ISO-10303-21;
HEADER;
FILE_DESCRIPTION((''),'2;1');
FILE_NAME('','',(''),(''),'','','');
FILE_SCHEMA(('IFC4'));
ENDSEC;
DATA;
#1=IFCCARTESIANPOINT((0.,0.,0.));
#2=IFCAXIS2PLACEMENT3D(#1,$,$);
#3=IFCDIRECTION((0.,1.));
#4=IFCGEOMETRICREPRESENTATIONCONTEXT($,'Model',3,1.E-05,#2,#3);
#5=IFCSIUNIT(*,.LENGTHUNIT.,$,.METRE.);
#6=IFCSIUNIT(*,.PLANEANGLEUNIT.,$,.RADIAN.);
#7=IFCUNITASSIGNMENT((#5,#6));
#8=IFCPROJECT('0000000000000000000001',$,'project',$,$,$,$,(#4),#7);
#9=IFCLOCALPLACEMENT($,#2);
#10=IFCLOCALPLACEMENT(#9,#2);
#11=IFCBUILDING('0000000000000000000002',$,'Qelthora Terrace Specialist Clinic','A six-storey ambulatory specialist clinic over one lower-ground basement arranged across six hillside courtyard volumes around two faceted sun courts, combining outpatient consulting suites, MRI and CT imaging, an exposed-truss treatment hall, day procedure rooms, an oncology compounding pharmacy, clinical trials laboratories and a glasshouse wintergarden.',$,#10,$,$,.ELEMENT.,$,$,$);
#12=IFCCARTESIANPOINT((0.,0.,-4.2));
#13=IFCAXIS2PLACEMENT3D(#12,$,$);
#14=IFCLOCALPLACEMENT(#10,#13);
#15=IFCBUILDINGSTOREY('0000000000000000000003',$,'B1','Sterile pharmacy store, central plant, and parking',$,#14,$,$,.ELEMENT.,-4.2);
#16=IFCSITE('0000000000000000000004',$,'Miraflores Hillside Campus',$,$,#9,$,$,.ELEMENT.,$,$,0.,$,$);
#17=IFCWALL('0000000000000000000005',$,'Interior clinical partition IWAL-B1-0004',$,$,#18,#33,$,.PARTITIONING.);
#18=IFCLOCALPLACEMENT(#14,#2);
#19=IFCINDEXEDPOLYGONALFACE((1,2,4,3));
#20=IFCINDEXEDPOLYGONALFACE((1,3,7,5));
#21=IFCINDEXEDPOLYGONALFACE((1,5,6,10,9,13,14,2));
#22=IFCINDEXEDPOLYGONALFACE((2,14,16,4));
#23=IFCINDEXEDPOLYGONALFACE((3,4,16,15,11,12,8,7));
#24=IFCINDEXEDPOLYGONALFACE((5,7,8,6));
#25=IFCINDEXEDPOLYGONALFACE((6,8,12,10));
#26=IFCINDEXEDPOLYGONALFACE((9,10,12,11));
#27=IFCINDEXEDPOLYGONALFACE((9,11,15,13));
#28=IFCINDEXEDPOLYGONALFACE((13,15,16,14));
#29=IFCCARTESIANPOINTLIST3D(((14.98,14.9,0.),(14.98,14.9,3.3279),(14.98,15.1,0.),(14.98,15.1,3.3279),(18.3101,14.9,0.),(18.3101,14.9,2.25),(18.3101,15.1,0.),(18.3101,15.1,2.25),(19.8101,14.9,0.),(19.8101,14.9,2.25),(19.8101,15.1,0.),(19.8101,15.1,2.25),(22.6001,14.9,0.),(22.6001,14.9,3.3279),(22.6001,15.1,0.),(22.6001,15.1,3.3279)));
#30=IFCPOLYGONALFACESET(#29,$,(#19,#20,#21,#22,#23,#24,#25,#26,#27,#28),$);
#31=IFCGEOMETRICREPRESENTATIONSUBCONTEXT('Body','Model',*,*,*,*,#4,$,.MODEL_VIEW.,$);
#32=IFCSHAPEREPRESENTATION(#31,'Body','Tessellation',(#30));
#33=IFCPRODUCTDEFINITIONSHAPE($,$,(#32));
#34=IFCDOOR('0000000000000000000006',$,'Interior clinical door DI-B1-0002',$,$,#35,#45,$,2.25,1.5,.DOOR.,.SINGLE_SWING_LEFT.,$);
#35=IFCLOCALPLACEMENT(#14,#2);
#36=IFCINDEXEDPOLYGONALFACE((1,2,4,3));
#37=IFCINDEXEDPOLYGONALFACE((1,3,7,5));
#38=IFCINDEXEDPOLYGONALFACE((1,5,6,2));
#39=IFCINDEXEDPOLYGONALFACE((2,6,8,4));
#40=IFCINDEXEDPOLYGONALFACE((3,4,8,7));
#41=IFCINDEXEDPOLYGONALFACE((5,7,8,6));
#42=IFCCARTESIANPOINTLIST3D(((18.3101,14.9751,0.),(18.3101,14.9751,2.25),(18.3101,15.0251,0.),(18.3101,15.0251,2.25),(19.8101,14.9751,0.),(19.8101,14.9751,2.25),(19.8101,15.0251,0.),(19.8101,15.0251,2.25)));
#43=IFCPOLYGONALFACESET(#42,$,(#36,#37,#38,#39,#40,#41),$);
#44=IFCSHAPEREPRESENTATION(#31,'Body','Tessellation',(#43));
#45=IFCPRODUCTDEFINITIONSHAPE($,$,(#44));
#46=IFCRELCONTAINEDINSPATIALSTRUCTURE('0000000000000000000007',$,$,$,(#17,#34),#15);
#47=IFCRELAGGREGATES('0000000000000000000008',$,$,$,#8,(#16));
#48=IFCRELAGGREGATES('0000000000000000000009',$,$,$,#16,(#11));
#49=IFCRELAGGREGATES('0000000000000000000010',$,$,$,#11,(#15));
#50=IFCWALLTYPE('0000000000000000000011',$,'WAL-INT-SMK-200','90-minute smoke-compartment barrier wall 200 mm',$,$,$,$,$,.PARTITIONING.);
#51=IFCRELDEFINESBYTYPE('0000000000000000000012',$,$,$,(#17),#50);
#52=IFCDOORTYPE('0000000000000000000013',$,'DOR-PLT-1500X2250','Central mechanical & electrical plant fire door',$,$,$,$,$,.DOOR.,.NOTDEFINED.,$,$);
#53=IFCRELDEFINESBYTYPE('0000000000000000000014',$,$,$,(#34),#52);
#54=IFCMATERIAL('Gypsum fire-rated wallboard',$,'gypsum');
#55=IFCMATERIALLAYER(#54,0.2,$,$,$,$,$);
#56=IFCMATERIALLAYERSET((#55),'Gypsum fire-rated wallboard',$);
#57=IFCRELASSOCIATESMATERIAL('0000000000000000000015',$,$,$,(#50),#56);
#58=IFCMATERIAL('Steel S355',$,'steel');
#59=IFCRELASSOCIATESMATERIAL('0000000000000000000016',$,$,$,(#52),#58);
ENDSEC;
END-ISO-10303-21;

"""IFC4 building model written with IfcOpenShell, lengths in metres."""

from ifc_helpers import new_model, si_unit, direction, frame, frame_2d, origin, place, context, subcontext, project, spatial, rectangle, extrude, material, layer, layer_set, type_object, element, fill, save


model = new_model("IFC4")

# Units and contexts
model_context = context("Model", 3, precision=1e-05, world=origin(), true_north=direction((0.0, 1.0)))
body_context = subcontext(model_context, "Body", "Model", "MODEL_VIEW")
ifc_project = project(units=[si_unit("LENGTHUNIT", "METRE"), si_unit("PLANEANGLEUNIT", "RADIAN")], contexts=[model_context])

# Site, building, storey
site_placement = place(None, origin())
site = spatial("IfcSite", under=ifc_project, at=site_placement, Name="Miraflores Hillside Campus", CompositionType="ELEMENT", RefElevation=0.0)
building_placement = place(site_placement, origin())
building = spatial("IfcBuilding", under=site, at=building_placement, Name="Qelthora Terrace Specialist Clinic", Description="A six-storey ambulatory specialist clinic over one lower-ground basement arranged across six hillside courtyard volumes around two faceted sun courts, combining outpatient consulting suites, MRI and CT imaging, an exposed-truss treatment hall, day procedure rooms, an oncology compounding pharmacy, clinical trials laboratories and a glasshouse wintergarden.", CompositionType="ELEMENT")
storey_placement = place(building_placement, frame((0.0, 0.0, -4.2)))
storey = spatial("IfcBuildingStorey", under=building, at=storey_placement, Name="B1", Description="Sterile pharmacy store, central plant, and parking", CompositionType="ELEMENT", Elevation=-4.2)

# Shared definitions
ifc_material_1 = material(Name="Steel S355", Category="steel")

# Shared definitions
ifc_material_2 = material(Name="Gypsum fire-rated wallboard", Category="gypsum")

# Wall, opening, door
ifc_layer_1 = layer(ifc_material_2, 0.2)
ifc_layer_set_1 = layer_set([ifc_layer_1], Name="Gypsum fire-rated wallboard")
wall_type_1 = type_object("IfcWallType", Name="WAL-INT-SMK-200", Description="90-minute smoke-compartment barrier wall 200 mm", PredefinedType="PARTITIONING", material=ifc_layer_set_1)
wall_1_placement = place(storey_placement, frame((14.98, 15.0, 0.0), z_axis=(0.0, 0.0, 1.0), x_axis=(1.0, 0.0, 0.0)))
wall_1 = element("IfcWall", 1, at=wall_1_placement, inside=storey, type_object=wall_type_1, Name="Interior clinical partition IWAL-B1-0004", PredefinedType="PARTITIONING", context=body_context, shape_type="SweptSolid", body=[
    extrude(rectangle(XDim=7.6201, YDim=0.2, at=frame_2d((3.8101, 0.0))), origin(), (0.0, 0.0, 1.0), 3.3279),
])
opening_placement = place(wall_1_placement, frame((3.3301, 0.0, 0.0)))
opening = element("IfcOpeningElement", 2, at=opening_placement, cuts=wall_1, PredefinedType="OPENING", context=body_context, shape_type="SweptSolid", body=[
    extrude(rectangle(XDim=1.5, YDim=2.25, at=frame_2d((0.75, 1.125))), frame((0.0, 0.1099, 0.0), z_axis=(0.0, -1.0, 0.0), x_axis=(1.0, 0.0, 0.0)), (0.0, 0.0, 1.0), 0.22),
])
door_type = type_object("IfcDoorType", Name="DOR-PLT-1500X2250", Description="Central mechanical & electrical plant fire door", OperationType="NOTDEFINED", PredefinedType="DOOR", material=ifc_material_1)
door_placement = place(opening_placement, frame((1.5, 0.0, 0.0), z_axis=(0.0, 0.0, 1.0), x_axis=(-1.0, 0.0, 0.0)))
door = element("IfcDoor", 3, at=door_placement, inside=storey, type_object=door_type, Name="Interior clinical door DI-B1-0002", OperationType="SINGLE_SWING_LEFT", OverallHeight=2.25, OverallWidth=1.5, PredefinedType="DOOR", context=body_context, shape_type="SweptSolid", body=[
    extrude(rectangle(XDim=1.5, YDim=2.25, at=frame_2d((0.75, 1.125))), frame((0.0, 0.0249, 0.0), z_axis=(0.0, -1.0, 0.0), x_axis=(1.0, 0.0, 0.0)), (0.0, 0.0, 1.0), 0.05),
])
fill(opening, door)

save(model, "model.ifc")
